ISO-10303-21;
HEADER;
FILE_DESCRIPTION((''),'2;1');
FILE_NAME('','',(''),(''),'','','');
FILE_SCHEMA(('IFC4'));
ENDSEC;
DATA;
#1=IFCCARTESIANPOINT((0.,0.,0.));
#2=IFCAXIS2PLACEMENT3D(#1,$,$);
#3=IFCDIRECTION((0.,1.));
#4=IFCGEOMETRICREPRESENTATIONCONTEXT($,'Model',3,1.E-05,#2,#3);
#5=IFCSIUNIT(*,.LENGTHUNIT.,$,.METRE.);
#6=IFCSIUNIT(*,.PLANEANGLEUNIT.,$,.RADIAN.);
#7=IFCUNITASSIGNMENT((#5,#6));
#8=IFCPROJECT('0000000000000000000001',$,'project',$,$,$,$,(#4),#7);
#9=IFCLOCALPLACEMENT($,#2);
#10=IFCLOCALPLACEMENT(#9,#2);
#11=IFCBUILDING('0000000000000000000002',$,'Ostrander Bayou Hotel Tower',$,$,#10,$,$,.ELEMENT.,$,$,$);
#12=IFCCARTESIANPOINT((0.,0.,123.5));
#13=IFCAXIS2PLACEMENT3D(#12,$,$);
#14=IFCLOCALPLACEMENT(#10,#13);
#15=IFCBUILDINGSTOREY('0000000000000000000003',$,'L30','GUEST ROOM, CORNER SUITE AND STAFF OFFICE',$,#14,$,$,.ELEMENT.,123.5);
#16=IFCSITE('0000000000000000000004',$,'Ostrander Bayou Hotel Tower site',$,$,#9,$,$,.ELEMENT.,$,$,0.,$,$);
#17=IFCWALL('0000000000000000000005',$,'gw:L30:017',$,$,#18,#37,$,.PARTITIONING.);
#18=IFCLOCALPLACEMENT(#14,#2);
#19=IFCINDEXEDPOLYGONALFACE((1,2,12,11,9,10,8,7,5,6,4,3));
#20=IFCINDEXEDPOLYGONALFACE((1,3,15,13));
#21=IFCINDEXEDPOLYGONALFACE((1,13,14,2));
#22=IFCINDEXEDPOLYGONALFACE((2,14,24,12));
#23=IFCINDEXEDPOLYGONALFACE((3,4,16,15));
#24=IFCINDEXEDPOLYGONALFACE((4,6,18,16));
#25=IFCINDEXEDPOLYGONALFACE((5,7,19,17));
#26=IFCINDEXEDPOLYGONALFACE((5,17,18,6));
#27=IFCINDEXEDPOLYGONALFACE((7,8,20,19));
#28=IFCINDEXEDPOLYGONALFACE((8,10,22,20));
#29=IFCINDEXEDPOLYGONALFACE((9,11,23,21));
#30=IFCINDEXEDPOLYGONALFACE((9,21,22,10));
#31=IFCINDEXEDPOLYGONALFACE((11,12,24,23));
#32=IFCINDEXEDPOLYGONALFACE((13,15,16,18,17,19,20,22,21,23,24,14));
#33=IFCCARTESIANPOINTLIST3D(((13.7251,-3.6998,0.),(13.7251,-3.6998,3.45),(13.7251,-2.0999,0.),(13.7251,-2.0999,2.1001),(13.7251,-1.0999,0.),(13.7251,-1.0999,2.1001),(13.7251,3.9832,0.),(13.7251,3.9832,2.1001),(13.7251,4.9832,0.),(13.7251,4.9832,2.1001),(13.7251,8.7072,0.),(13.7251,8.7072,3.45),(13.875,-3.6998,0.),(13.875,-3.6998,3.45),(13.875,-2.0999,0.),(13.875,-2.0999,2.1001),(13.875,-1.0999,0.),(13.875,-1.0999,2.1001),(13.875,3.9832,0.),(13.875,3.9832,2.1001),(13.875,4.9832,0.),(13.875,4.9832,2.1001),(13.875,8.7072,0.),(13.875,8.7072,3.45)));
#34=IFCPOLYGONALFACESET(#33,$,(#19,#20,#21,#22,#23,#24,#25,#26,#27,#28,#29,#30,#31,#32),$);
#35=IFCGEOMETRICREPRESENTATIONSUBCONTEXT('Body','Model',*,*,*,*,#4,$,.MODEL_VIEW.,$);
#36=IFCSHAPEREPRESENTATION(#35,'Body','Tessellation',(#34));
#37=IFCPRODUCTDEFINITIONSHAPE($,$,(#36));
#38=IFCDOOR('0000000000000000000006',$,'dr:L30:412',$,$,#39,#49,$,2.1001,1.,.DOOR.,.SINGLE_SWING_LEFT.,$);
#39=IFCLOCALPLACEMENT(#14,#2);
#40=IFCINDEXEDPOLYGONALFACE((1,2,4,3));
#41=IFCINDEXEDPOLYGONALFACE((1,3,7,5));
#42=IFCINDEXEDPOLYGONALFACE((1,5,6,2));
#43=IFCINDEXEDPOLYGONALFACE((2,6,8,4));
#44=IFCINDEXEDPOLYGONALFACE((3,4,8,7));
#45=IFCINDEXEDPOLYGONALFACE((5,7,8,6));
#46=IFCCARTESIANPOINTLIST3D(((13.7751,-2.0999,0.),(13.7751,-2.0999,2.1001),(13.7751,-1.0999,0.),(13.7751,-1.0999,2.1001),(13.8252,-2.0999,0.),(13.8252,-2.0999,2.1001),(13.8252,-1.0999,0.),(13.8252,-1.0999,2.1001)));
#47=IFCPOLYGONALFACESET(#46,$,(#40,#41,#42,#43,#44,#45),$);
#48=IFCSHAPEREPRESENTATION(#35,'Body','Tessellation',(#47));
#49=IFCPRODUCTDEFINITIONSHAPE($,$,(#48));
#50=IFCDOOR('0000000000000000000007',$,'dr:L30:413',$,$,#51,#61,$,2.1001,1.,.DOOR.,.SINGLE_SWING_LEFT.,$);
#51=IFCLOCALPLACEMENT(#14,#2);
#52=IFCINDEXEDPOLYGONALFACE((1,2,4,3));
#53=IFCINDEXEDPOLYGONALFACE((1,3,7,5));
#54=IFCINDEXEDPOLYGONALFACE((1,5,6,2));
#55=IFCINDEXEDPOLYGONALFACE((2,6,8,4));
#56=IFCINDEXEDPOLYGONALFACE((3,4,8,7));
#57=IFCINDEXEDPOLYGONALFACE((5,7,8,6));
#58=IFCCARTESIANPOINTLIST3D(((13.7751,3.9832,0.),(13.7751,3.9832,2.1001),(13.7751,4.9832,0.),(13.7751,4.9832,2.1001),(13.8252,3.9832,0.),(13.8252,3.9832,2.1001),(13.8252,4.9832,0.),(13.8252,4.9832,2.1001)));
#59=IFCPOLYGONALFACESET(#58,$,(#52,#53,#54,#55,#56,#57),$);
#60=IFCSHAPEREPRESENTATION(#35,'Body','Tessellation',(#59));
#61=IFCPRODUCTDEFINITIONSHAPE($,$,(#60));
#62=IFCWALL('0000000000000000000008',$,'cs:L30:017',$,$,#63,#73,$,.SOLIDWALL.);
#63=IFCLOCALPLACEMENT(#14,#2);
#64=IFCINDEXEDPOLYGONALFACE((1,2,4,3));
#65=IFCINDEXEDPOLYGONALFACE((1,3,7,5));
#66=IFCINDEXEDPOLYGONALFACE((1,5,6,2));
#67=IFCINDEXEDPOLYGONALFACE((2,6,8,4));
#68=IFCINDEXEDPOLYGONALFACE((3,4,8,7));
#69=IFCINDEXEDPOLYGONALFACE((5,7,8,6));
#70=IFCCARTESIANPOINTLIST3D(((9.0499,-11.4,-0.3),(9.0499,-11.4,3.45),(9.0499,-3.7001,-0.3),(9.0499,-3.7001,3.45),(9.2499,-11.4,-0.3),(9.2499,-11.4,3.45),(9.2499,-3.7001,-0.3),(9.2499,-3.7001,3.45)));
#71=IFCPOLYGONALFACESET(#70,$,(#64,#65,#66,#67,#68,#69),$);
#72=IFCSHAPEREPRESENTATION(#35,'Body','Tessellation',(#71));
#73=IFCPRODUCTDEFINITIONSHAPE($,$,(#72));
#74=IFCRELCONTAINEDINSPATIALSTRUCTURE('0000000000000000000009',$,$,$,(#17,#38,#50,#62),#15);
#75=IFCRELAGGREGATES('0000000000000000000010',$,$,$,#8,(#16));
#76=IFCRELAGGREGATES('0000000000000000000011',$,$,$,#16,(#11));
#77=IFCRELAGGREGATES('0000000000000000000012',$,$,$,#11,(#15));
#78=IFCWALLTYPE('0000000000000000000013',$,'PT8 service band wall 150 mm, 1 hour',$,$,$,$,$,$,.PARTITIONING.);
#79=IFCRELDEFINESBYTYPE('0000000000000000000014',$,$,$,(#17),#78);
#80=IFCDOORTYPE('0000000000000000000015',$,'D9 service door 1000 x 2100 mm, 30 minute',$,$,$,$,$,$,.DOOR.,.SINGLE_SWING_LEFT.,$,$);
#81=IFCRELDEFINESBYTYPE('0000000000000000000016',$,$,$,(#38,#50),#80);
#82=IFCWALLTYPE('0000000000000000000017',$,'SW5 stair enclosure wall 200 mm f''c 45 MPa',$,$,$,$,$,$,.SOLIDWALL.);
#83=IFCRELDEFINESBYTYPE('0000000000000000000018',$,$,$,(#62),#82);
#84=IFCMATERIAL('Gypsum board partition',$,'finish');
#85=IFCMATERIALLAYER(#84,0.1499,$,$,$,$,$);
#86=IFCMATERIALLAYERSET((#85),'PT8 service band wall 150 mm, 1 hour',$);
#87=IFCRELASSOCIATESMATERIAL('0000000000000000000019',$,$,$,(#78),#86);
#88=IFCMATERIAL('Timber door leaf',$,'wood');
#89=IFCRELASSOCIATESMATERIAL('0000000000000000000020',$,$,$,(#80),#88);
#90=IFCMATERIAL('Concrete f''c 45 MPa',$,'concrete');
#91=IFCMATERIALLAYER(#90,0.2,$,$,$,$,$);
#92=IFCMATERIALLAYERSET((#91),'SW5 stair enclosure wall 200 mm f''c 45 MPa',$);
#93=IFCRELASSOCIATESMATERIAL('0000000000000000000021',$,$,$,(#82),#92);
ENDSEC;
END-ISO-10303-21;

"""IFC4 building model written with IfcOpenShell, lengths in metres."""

from ifc_helpers import new_model, si_unit, direction, frame, frame_2d, origin, place, context, subcontext, project, spatial, rectangle, extrude, material, layer, layer_set, type_object, element, fill, save


model = new_model("IFC4")

# Units and contexts
model_context = context("Model", 3, precision=1e-05, world=origin(), true_north=direction((0.0, 1.0)))
body_context = subcontext(model_context, "Body", "Model", "MODEL_VIEW")
ifc_project = project(units=[si_unit("LENGTHUNIT", "METRE"), si_unit("PLANEANGLEUNIT", "RADIAN")], contexts=[model_context])

# Site, building, storey
site_placement = place(None, origin())
site = spatial("IfcSite", under=ifc_project, at=site_placement, Name="Ostrander Bayou Hotel Tower site", CompositionType="ELEMENT", RefElevation=0.0)
building_placement = place(site_placement, origin())
building = spatial("IfcBuilding", under=site, at=building_placement, Name="Ostrander Bayou Hotel Tower", CompositionType="ELEMENT")
storey_placement = place(building_placement, frame((0.0, 0.0, 123.5)))
storey = spatial("IfcBuildingStorey", under=building, at=storey_placement, Name="L30", Description="GUEST ROOM, CORNER SUITE AND STAFF OFFICE", CompositionType="ELEMENT", Elevation=123.5)

# Shared definitions
ifc_material_1 = material(Name="Gypsum board partition", Category="finish")
ifc_layer_1 = layer(ifc_material_1, 0.1499)
ifc_layer_set_1 = layer_set([ifc_layer_1], Name="PT8 service band wall 150 mm, 1 hour")
wall_type_1 = type_object("IfcWallType", Name="PT8 service band wall 150 mm, 1 hour", PredefinedType="PARTITIONING", material=ifc_layer_set_1)

# Wall, openings, doors
wall_1_placement = place(storey_placement, frame((13.8, -3.7, 0.0), z_axis=(0.0, 0.0, 1.0), x_axis=(0.0, 1.0, 0.0)))
wall_1 = element("IfcWall", 1, at=wall_1_placement, inside=storey, type_object=wall_type_1, Name="gw:L30:017", PredefinedType="PARTITIONING", context=body_context, shape_type="SweptSolid", body=[
    extrude(rectangle(XDim=12.407, YDim=0.1499, at=frame_2d((6.2036, 0.0))), origin(), (0.0, 0.0, 1.0), 3.45),
])
opening_1_placement = place(wall_1_placement, frame((1.6001, 0.0, 0.0)))
opening_1 = element("IfcOpeningElement", 2, at=opening_1_placement, cuts=wall_1, PredefinedType="OPENING", context=body_context, shape_type="SweptSolid", body=[
    extrude(rectangle(XDim=1.0, YDim=2.1001, at=frame_2d((0.5, 1.05))), frame((0.0, 0.075, 0.0), z_axis=(0.0, -1.0, 0.0), x_axis=(1.0, 0.0, 0.0)), (0.0, 0.0, 1.0), 0.1499),
])
opening_2_placement = place(wall_1_placement, frame((7.6831, 0.0, 0.0)))
opening_2 = element("IfcOpeningElement", 3, at=opening_2_placement, cuts=wall_1, PredefinedType="OPENING", context=body_context, shape_type="SweptSolid", body=[
    extrude(rectangle(XDim=1.0, YDim=2.1001, at=frame_2d((0.5, 1.05))), frame((0.0, 0.075, 0.0), z_axis=(0.0, -1.0, 0.0), x_axis=(1.0, 0.0, 0.0)), (0.0, 0.0, 1.0), 0.1499),
])
ifc_material_2 = material(Name="Timber door leaf", Category="wood")
door_type_1 = type_object("IfcDoorType", Name="D9 service door 1000 x 2100 mm, 30 minute", OperationType="SINGLE_SWING_LEFT", PredefinedType="DOOR", material=ifc_material_2)
door_1_placement = place(opening_1_placement, origin())
door_1 = element("IfcDoor", 4, at=door_1_placement, inside=storey, type_object=door_type_1, Name="dr:L30:412", OperationType="SINGLE_SWING_LEFT", OverallHeight=2.1001, OverallWidth=1.0, PredefinedType="DOOR", context=body_context, shape_type="SweptSolid", body=[
    extrude(rectangle(XDim=1.0, YDim=2.1001, at=frame_2d((0.5, 1.05))), frame((0.0, 0.0249, 0.0), z_axis=(0.0, -1.0, 0.0), x_axis=(1.0, 0.0, 0.0)), (0.0, 0.0, 1.0), 0.05),
])
fill(opening_1, door_1)
door_2_placement = place(opening_2_placement, origin())
door_2 = element("IfcDoor", 5, at=door_2_placement, inside=storey, type_object=door_type_1, Name="dr:L30:413", OperationType="SINGLE_SWING_LEFT", OverallHeight=2.1001, OverallWidth=1.0, PredefinedType="DOOR", context=body_context, shape_type="SweptSolid", body=[
    extrude(rectangle(XDim=1.0, YDim=2.1001, at=frame_2d((0.5, 1.05))), frame((0.0, 0.0249, 0.0), z_axis=(0.0, -1.0, 0.0), x_axis=(1.0, 0.0, 0.0)), (0.0, 0.0, 1.0), 0.05),
])
fill(opening_2, door_2)

# Wall
ifc_material_3 = material(Name="Concrete f'c 45 MPa", Category="concrete")
ifc_layer_2 = layer(ifc_material_3, 0.2)
ifc_layer_set_2 = layer_set([ifc_layer_2], Name="SW5 stair enclosure wall 200 mm f'c 45 MPa")
wall_type_2 = type_object("IfcWallType", Name="SW5 stair enclosure wall 200 mm f'c 45 MPa", PredefinedType="SOLIDWALL", material=ifc_layer_set_2)
wall_2_placement = place(storey_placement, frame((9.1499, -3.7, -0.3), z_axis=(0.0, 0.0, 1.0), x_axis=(0.0, -1.0, 0.0)))
element("IfcWall", 6, at=wall_2_placement, inside=storey, type_object=wall_type_2, Name="cs:L30:017", PredefinedType="SOLIDWALL", context=body_context, shape_type="SweptSolid", body=[
    extrude(rectangle(XDim=7.7, YDim=0.2, at=frame_2d((3.8501, 0.0))), origin(), (0.0, 0.0, 1.0), 3.75),
])

save(model, "model.ifc")
